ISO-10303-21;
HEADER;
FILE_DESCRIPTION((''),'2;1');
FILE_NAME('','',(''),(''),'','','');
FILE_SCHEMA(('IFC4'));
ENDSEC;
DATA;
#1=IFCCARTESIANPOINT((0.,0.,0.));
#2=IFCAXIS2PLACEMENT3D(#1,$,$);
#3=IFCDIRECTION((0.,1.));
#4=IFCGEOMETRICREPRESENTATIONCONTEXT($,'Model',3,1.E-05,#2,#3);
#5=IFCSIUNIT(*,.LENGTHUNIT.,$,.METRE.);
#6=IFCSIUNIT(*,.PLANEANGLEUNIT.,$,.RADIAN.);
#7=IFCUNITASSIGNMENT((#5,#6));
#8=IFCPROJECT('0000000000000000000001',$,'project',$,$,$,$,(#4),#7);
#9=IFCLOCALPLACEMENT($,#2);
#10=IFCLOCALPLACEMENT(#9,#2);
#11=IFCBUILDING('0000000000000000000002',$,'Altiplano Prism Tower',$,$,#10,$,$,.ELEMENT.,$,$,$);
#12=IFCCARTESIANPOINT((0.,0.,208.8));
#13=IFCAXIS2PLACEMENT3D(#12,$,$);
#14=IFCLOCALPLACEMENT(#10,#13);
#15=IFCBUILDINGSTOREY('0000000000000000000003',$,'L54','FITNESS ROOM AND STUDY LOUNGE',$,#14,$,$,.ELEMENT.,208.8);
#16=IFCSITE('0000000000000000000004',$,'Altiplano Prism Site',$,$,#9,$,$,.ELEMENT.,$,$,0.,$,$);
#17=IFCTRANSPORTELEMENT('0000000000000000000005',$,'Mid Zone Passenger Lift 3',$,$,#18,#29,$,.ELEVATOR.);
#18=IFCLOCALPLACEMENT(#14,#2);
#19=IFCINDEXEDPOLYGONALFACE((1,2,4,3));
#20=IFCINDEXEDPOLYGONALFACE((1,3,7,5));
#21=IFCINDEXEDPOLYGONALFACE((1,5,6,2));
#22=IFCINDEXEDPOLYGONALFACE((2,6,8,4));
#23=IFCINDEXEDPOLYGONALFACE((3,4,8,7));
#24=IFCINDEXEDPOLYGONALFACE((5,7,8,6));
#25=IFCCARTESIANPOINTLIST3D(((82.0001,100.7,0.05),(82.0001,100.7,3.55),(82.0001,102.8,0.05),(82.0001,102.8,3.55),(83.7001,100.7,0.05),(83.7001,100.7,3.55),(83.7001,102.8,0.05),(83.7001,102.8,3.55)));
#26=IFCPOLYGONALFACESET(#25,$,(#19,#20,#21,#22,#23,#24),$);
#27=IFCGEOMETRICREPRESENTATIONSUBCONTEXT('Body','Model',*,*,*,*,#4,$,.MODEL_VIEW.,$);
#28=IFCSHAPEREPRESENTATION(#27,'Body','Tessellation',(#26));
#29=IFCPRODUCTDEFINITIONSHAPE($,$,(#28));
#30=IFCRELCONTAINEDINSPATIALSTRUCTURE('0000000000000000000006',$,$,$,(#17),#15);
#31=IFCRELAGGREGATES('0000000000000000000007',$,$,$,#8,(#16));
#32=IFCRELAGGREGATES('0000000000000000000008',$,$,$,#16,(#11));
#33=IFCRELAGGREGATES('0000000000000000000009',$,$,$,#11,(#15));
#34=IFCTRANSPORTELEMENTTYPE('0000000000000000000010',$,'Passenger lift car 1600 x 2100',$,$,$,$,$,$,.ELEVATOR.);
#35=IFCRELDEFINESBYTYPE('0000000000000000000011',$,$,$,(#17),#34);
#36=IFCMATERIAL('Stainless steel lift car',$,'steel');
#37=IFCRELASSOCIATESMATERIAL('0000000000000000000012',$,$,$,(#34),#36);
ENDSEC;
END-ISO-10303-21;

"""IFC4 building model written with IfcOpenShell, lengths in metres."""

from ifc_helpers import new_model, si_unit, direction, frame, origin, origin_2d, place, context, subcontext, project, spatial, rectangle, extrude, material, type_object, element, save


model = new_model("IFC4")

# Units and contexts
model_context = context("Model", 3, precision=1e-05, world=origin(), true_north=direction((0.0, 1.0)))
body_context = subcontext(model_context, "Body", "Model", "MODEL_VIEW")
ifc_project = project(units=[si_unit("LENGTHUNIT", "METRE"), si_unit("PLANEANGLEUNIT", "RADIAN")], contexts=[model_context])

# Site, building, storey
site_placement = place(None, origin())
site = spatial("IfcSite", under=ifc_project, at=site_placement, Name="Altiplano Prism Site", CompositionType="ELEMENT", RefElevation=0.0)
building_placement = place(site_placement, origin())
building = spatial("IfcBuilding", under=site, at=building_placement, Name="Altiplano Prism Tower", CompositionType="ELEMENT")
storey_placement = place(building_placement, frame((0.0, 0.0, 208.8)))
storey = spatial("IfcBuildingStorey", under=building, at=storey_placement, Name="L54", Description="FITNESS ROOM AND STUDY LOUNGE", CompositionType="ELEMENT", Elevation=208.8)

# Transport element
ifc_material_1 = material(Name="Stainless steel lift car", Category="steel")
transport_element_type = type_object("IfcTransportElementType", Name="Passenger lift car 1600 x 2100", PredefinedType="ELEVATOR", material=ifc_material_1)
for number, where, z_axis, x_axis, name in (
    (1, (82.8501, 101.75, 0.05), (0.0, 0.0, 1.0), (1.0, 0.0, 0.0), "Mid Zone Passenger Lift 3"),
):
    element("IfcTransportElement", number, at=place(storey_placement, frame(where, z_axis=z_axis, x_axis=x_axis)), inside=storey, type_object=transport_element_type, Name=name, PredefinedType="ELEVATOR", context=body_context, shape_type="SweptSolid", body=[
        extrude(rectangle(XDim=1.7, YDim=2.1001, at=origin_2d()), origin(), (0.0, 0.0, 1.0), 3.5),
    ])

save(model, "model.ifc")
